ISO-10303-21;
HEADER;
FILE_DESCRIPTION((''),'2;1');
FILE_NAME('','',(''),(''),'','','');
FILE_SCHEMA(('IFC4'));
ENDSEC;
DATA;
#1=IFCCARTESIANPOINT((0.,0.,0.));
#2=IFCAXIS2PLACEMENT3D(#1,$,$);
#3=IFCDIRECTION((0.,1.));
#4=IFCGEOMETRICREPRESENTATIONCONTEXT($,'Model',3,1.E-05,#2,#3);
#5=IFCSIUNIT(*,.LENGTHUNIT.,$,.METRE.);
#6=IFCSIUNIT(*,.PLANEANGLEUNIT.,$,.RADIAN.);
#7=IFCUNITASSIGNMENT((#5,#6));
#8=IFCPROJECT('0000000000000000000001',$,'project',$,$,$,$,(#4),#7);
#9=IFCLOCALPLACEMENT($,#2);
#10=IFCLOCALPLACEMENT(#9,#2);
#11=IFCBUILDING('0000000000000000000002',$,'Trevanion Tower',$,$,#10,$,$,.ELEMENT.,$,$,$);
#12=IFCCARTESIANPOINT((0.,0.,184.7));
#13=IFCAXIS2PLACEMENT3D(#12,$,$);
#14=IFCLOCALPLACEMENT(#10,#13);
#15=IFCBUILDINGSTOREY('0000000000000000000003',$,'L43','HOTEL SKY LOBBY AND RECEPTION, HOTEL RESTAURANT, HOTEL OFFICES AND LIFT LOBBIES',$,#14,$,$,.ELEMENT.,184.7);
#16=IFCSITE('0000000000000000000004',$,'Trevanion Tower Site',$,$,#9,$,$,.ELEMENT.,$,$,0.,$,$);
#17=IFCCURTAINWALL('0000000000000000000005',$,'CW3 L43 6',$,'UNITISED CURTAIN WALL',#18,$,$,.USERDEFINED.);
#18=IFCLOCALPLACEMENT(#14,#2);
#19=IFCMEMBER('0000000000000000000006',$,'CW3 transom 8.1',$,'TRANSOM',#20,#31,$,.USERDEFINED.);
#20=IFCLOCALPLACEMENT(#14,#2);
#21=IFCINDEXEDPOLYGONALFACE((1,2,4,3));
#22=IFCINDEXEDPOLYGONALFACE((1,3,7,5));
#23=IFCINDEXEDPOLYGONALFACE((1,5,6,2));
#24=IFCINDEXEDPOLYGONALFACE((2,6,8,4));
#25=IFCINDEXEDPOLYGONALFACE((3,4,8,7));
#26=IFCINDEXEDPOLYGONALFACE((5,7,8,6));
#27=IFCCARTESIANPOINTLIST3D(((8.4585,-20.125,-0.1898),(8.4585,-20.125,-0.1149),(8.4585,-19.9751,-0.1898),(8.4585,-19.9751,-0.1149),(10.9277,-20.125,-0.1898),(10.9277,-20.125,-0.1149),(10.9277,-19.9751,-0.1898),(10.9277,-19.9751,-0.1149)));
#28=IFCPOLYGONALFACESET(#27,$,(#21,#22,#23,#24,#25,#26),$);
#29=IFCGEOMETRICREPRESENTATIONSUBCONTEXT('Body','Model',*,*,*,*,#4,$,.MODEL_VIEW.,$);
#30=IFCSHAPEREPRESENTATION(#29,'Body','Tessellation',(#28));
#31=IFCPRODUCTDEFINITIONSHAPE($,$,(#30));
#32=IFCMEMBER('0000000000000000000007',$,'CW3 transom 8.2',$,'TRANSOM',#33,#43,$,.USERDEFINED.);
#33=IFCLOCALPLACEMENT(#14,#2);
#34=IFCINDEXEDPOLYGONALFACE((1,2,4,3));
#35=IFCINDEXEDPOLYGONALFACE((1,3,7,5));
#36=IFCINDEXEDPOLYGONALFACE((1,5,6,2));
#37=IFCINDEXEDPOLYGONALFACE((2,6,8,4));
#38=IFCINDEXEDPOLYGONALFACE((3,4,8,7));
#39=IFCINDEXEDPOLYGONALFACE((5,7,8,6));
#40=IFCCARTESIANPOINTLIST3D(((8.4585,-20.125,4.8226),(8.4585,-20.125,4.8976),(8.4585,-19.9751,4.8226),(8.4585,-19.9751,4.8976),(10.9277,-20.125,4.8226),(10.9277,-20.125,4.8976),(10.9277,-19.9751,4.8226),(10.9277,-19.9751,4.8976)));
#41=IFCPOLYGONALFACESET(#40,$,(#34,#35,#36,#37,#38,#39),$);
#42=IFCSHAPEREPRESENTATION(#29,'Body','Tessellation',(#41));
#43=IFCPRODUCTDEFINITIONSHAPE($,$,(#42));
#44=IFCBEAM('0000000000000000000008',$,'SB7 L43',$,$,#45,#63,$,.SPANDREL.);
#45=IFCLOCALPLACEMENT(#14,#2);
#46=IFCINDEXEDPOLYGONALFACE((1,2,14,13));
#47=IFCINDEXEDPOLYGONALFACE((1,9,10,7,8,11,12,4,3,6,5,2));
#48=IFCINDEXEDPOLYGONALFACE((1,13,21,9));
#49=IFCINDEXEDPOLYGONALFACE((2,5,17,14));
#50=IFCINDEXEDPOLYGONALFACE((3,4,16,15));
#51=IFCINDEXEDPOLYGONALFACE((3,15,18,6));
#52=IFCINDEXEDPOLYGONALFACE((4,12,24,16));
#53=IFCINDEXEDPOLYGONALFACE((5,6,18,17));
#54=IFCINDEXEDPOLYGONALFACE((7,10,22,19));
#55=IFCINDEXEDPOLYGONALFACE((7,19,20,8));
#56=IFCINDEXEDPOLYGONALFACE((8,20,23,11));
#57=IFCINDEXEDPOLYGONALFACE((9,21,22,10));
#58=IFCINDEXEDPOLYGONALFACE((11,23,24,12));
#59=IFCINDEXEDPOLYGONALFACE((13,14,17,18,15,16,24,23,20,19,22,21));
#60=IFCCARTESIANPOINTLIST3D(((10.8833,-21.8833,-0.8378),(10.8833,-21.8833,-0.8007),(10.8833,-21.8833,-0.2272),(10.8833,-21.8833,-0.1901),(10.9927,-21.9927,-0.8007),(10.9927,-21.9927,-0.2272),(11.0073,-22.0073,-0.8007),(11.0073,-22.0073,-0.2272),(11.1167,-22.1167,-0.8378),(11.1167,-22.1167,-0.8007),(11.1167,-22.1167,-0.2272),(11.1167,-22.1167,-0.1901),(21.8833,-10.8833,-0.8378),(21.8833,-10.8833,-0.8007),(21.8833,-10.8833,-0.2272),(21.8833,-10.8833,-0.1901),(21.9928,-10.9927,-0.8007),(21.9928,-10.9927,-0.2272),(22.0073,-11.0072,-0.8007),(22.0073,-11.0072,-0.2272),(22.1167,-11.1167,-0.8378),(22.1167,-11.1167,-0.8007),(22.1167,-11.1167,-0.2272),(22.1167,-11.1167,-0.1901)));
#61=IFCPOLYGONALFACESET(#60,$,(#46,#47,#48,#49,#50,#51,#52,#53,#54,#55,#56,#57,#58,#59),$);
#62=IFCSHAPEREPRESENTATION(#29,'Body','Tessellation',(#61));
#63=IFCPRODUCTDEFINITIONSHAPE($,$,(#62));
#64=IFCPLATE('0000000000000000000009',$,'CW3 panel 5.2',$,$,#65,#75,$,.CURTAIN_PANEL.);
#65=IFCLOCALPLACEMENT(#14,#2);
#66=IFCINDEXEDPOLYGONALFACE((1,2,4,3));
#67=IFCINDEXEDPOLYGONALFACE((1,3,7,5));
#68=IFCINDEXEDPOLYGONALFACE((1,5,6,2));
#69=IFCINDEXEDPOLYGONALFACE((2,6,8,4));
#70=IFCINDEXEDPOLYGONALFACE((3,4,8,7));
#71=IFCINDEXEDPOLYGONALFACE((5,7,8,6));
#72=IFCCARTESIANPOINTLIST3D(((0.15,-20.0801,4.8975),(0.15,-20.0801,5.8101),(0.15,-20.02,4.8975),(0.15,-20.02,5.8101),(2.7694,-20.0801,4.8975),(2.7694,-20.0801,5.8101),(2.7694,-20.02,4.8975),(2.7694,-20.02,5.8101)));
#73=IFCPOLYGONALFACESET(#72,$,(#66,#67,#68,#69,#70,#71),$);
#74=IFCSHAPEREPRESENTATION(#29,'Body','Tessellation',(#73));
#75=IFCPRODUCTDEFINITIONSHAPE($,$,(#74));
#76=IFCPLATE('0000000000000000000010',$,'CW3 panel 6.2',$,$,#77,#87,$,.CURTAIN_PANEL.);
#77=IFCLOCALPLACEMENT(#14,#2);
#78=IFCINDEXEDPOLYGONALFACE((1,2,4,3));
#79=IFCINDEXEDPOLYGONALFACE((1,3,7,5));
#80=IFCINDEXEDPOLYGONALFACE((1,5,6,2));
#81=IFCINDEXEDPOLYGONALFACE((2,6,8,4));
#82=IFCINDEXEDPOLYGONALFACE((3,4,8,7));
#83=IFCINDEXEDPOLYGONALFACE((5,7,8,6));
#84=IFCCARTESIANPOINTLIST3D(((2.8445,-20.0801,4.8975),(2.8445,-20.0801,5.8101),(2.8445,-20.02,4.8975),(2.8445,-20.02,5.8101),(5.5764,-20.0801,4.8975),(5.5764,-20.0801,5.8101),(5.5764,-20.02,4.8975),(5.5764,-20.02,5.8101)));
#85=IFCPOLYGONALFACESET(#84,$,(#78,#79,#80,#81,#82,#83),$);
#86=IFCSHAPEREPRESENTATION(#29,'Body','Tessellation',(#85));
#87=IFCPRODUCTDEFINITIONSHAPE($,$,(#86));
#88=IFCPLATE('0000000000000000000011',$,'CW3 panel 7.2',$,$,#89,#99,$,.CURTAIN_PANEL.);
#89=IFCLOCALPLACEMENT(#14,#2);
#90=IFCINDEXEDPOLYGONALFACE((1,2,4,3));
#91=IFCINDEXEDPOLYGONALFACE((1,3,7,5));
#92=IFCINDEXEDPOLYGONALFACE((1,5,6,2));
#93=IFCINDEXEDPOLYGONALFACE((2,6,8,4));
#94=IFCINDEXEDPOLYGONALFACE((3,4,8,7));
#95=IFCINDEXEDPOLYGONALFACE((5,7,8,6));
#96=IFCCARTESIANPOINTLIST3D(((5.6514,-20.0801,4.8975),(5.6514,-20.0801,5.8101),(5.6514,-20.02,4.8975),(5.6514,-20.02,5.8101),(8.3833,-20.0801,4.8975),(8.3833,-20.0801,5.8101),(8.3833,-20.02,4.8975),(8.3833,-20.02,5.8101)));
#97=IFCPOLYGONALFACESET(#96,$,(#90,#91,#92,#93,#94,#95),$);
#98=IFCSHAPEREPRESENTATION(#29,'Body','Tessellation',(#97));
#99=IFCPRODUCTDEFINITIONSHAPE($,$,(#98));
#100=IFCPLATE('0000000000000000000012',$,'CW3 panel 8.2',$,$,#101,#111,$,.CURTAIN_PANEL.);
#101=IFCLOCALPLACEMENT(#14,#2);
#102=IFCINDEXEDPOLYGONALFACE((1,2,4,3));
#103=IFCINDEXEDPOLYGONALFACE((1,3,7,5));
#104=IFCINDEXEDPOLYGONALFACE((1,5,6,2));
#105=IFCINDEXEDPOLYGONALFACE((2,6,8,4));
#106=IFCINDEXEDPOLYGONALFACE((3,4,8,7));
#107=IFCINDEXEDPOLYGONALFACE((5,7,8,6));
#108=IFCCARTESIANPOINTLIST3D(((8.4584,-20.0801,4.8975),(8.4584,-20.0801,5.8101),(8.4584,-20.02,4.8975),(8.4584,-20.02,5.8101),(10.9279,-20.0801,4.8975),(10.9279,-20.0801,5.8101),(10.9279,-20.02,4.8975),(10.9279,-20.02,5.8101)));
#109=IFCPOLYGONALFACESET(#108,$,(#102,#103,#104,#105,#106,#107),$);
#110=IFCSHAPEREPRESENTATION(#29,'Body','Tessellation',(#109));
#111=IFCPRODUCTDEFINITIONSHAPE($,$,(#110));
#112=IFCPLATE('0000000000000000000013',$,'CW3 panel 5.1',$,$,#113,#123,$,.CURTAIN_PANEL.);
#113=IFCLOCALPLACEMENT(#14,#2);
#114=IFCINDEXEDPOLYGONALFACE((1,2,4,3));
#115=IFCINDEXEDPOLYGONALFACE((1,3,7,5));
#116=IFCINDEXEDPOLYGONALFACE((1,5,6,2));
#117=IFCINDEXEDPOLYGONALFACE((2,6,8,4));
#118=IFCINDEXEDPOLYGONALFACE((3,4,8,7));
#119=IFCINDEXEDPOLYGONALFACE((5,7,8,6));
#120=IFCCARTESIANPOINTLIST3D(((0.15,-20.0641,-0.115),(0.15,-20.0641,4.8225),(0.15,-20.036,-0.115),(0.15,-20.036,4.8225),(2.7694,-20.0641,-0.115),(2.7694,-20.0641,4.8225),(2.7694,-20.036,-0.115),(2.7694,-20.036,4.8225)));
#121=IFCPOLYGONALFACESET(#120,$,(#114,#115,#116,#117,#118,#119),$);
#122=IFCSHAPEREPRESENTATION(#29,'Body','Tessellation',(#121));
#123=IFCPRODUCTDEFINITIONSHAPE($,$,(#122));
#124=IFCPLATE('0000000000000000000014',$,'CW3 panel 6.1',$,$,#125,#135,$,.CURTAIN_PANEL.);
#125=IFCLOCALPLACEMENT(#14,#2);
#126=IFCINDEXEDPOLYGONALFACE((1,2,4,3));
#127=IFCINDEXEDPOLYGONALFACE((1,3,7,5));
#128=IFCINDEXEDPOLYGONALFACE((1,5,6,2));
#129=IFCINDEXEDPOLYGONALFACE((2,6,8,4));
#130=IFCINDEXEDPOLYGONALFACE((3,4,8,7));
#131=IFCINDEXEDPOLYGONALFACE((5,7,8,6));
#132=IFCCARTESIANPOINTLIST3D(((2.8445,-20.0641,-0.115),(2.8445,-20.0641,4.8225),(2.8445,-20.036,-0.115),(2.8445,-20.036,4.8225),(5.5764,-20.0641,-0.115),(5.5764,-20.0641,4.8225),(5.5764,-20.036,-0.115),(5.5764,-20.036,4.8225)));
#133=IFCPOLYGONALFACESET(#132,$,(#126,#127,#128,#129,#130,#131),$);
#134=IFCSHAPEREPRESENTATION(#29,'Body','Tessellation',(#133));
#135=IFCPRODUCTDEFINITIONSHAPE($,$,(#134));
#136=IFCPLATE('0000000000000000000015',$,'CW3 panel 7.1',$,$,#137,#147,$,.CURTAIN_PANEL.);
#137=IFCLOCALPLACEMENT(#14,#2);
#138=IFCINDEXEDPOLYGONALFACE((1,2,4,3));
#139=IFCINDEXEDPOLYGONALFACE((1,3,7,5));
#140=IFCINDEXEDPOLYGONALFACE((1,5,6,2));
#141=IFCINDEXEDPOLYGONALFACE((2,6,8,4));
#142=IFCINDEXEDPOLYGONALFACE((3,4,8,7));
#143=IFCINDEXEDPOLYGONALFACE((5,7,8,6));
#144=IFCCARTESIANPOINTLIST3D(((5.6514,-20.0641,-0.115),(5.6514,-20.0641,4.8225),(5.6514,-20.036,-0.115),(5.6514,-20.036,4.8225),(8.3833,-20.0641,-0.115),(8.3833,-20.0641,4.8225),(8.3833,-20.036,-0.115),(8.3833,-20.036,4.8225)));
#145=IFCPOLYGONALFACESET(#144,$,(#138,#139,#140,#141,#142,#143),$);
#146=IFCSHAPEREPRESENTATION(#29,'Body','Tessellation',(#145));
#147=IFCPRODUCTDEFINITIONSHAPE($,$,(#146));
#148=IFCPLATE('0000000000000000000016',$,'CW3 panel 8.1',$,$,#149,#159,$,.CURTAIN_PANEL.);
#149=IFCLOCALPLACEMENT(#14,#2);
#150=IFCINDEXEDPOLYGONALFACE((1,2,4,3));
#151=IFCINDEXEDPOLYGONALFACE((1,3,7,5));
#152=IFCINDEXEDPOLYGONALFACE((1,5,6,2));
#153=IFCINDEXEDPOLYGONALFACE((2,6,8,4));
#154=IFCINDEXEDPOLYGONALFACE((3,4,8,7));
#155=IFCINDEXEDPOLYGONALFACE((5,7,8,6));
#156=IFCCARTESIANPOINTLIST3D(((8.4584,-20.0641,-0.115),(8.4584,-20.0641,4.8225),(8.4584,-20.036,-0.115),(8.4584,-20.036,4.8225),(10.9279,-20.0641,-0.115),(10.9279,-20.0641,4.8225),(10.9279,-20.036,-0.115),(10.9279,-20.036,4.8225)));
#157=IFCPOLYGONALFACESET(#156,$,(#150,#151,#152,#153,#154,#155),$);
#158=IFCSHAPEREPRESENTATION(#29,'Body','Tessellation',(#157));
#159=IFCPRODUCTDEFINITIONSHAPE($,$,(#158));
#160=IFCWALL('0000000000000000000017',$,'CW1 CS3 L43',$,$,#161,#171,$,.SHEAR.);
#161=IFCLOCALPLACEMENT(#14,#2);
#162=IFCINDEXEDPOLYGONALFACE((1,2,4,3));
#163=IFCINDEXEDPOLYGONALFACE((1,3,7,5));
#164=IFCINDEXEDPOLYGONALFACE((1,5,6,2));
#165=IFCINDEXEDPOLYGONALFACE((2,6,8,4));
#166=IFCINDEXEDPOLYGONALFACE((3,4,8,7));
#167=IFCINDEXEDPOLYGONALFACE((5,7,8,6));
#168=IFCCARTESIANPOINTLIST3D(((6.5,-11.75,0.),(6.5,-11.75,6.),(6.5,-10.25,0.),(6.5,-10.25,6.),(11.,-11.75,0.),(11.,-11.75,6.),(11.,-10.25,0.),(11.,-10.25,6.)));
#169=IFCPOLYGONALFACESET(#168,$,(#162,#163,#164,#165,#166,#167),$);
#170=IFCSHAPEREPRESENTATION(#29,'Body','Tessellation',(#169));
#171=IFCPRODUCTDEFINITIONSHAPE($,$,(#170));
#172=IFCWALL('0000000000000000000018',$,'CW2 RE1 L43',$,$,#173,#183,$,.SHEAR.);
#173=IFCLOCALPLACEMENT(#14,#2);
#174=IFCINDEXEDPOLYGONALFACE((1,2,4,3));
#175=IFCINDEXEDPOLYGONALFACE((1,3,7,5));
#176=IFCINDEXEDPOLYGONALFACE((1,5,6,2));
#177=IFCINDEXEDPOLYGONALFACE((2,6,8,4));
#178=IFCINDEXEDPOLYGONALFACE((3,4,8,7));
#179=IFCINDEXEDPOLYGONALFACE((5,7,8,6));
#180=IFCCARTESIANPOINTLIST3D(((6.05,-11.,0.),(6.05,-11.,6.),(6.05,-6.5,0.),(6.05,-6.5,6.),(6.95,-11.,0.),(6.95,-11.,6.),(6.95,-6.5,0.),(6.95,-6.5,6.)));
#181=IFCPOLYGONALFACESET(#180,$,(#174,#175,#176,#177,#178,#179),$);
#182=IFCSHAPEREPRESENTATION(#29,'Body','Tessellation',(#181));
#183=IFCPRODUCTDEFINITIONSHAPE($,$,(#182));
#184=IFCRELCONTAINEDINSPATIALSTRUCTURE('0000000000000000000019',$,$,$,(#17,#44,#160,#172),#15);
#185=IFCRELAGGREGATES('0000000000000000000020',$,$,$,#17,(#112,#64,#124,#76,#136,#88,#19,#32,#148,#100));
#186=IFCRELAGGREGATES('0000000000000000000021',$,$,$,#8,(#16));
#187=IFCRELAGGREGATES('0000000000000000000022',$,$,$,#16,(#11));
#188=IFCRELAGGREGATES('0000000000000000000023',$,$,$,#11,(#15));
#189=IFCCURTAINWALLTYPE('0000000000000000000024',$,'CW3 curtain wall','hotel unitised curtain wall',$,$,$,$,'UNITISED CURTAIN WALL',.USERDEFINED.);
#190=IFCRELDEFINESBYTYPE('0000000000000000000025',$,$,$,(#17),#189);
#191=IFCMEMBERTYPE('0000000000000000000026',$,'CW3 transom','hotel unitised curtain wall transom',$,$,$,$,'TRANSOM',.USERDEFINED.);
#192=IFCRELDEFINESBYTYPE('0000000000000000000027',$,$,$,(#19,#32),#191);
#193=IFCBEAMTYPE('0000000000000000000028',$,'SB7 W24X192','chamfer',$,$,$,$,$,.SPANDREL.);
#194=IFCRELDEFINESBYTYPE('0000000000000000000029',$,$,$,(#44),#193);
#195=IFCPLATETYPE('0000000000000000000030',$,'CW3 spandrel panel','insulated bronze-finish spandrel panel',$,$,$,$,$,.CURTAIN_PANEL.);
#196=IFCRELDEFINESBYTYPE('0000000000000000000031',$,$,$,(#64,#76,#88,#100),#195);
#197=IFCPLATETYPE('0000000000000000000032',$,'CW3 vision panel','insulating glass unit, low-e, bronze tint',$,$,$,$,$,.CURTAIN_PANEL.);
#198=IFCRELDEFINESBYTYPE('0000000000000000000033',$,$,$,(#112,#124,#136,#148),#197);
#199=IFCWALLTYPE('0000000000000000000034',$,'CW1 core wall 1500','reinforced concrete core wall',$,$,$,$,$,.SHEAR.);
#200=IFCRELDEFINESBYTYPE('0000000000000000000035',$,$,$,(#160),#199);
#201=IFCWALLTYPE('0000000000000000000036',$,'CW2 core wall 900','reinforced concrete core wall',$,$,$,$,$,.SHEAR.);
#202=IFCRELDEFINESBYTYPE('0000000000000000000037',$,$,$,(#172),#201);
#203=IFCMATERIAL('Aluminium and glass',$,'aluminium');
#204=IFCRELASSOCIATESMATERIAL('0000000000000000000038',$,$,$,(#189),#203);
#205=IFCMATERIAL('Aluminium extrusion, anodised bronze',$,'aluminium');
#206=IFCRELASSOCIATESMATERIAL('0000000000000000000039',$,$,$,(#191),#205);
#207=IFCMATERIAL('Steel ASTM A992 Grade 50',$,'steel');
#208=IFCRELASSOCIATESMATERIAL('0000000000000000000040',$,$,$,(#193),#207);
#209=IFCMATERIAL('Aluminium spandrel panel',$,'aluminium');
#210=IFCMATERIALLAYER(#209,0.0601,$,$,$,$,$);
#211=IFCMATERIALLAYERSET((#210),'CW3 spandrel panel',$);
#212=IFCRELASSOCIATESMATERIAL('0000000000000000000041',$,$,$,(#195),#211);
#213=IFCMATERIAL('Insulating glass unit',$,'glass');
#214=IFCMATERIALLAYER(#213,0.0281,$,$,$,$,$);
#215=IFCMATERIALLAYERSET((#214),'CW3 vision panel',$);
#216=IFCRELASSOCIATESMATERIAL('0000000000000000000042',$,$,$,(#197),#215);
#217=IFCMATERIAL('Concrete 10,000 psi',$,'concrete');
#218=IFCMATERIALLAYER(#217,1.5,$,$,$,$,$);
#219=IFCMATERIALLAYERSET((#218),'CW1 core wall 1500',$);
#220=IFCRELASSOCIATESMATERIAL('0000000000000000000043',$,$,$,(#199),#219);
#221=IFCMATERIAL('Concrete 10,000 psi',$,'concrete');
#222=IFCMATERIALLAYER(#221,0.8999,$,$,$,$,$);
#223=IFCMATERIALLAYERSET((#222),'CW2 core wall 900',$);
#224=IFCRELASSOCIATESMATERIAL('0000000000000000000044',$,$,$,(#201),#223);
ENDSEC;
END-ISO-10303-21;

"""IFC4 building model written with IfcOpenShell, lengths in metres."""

from ifc_helpers import new_model, si_unit, direction, frame, frame_2d, origin, origin_2d, place, context, subcontext, project, spatial, rectangle, i_section, extrude, material, layer, layer_set, material_profile, profile_set, type_object, element, aggregate, save


model = new_model("IFC4")

# Units and contexts
model_context = context("Model", 3, precision=1e-05, world=origin(), true_north=direction((0.0, 1.0)))
body_context = subcontext(model_context, "Body", "Model", "MODEL_VIEW")
ifc_project = project(units=[si_unit("LENGTHUNIT", "METRE"), si_unit("PLANEANGLEUNIT", "RADIAN")], contexts=[model_context])

# Site, building, storey
site_placement = place(None, origin())
site = spatial("IfcSite", under=ifc_project, at=site_placement, Name="Trevanion Tower Site", CompositionType="ELEMENT", RefElevation=0.0)
building_placement = place(site_placement, origin())
building = spatial("IfcBuilding", under=site, at=building_placement, Name="Trevanion Tower", CompositionType="ELEMENT")
storey_placement = place(building_placement, frame((0.0, 0.0, 184.7)))
storey = spatial("IfcBuildingStorey", under=building, at=storey_placement, Name="L43", Description="HOTEL SKY LOBBY AND RECEPTION, HOTEL RESTAURANT, HOTEL OFFICES AND LIFT LOBBIES", CompositionType="ELEMENT", Elevation=184.7)

# Curtain wall, members
ifc_material_1 = material(Name="Aluminium and glass", Category="aluminium")
curtain_wall_type = type_object("IfcCurtainWallType", Name="CW3 curtain wall", Description="hotel unitised curtain wall", ElementType="UNITISED CURTAIN WALL", PredefinedType="USERDEFINED", material=ifc_material_1)
curtain_wall_placement = place(storey_placement, origin())
curtain_wall = element("IfcCurtainWall", 1, at=curtain_wall_placement, inside=storey, type_object=curtain_wall_type, Name="CW3 L43 6", ObjectType="UNITISED CURTAIN WALL", PredefinedType="USERDEFINED")
ifc_material_2 = material(Name="Aluminium extrusion, anodised bronze", Category="aluminium")
ifc_material_profile_1 = material_profile(ifc_material_2, rectangle(XDim=0.1499, YDim=0.075, at=origin_2d()), Name="CW3 transom")
ifc_profile_set_1 = profile_set([ifc_material_profile_1], Name="Aluminium extrusion, anodised bronze")
member_type_1 = type_object("IfcMemberType", Name="CW3 transom", Description="hotel unitised curtain wall transom", ElementType="TRANSOM", PredefinedType="USERDEFINED", material=ifc_profile_set_1)
member_1_placement = place(storey_placement, frame((8.4585, -20.05, -0.1523), z_axis=(1.0, 0.0, 0.0), x_axis=(0.0, 1.0, 0.0)))
member_1 = element("IfcMember", 2, at=member_1_placement, type_object=member_type_1, Name="CW3 transom 8.1", ObjectType="TRANSOM", PredefinedType="USERDEFINED", context=body_context, shape_type="SweptSolid", body=[
    extrude(rectangle(XDim=0.1499, YDim=0.075, at=origin_2d()), origin(), (0.0, 0.0, 1.0), 2.4692),
])
member_2_placement = place(storey_placement, frame((8.4585, -20.05, 4.8601), z_axis=(1.0, 0.0, 0.0), x_axis=(0.0, 1.0, 0.0)))
member_2 = element("IfcMember", 3, at=member_2_placement, type_object=member_type_1, Name="CW3 transom 8.2", ObjectType="TRANSOM", PredefinedType="USERDEFINED", context=body_context, shape_type="SweptSolid", body=[
    extrude(rectangle(XDim=0.1499, YDim=0.075, at=origin_2d()), origin(), (0.0, 0.0, 1.0), 2.4692),
])

# Beam
ifc_material_3 = material(Name="Steel ASTM A992 Grade 50", Category="steel")
ifc_material_profile_2 = material_profile(ifc_material_3, i_section(OverallWidth=0.3301, OverallDepth=0.6477, WebThickness=0.0205, FlangeThickness=0.0371, at=origin_2d()), Name="W24X192")
ifc_profile_set_2 = profile_set([ifc_material_profile_2], Name="Steel ASTM A992 Grade 50")
beam_type_1 = type_object("IfcBeamType", Name="SB7 W24X192", Description="chamfer", PredefinedType="SPANDREL", material=ifc_profile_set_2)
beam_placement = place(storey_placement, frame((11.0, -22.0, -0.5139), z_axis=(0.707107, 0.707107, 0.0), x_axis=(-0.707107, 0.707107, 0.0)))
element("IfcBeam", 4, at=beam_placement, inside=storey, type_object=beam_type_1, Name="SB7 L43", PredefinedType="SPANDREL", context=body_context, shape_type="SweptSolid", body=[
    extrude(i_section(OverallWidth=0.3301, OverallDepth=0.6477, WebThickness=0.0205, FlangeThickness=0.0371, at=origin_2d()), origin(), (0.0, 0.0, 1.0), 15.5564),
])

# Plates
ifc_material_4 = material(Name="Aluminium spandrel panel", Category="aluminium")
ifc_layer_1 = layer(ifc_material_4, 0.0601)
ifc_layer_set_1 = layer_set([ifc_layer_1], Name="CW3 spandrel panel")
plate_type_1 = type_object("IfcPlateType", Name="CW3 spandrel panel", Description="insulated bronze-finish spandrel panel", PredefinedType="CURTAIN_PANEL", material=ifc_layer_set_1)
plate_1_placement = place(storey_placement, frame((1.4597, -20.05, 4.8975), z_axis=(0.0, 0.0, 1.0), x_axis=(1.0, 0.0, 0.0)))
plate_1 = element("IfcPlate", 5, at=plate_1_placement, type_object=plate_type_1, Name="CW3 panel 5.2", PredefinedType="CURTAIN_PANEL", context=body_context, shape_type="SweptSolid", body=[
    extrude(rectangle(XDim=2.6194, YDim=0.0601, at=origin_2d()), origin(), (0.0, 0.0, 1.0), 0.9126),
])
plate_2_placement = place(storey_placement, frame((4.2104, -20.05, 4.8975), z_axis=(0.0, 0.0, 1.0), x_axis=(1.0, 0.0, 0.0)))
plate_2 = element("IfcPlate", 6, at=plate_2_placement, type_object=plate_type_1, Name="CW3 panel 6.2", PredefinedType="CURTAIN_PANEL", context=body_context, shape_type="SweptSolid", body=[
    extrude(rectangle(XDim=2.7319, YDim=0.0601, at=origin_2d()), origin(), (0.0, 0.0, 1.0), 0.9126),
])
plate_3_placement = place(storey_placement, frame((7.0173, -20.05, 4.8975), z_axis=(0.0, 0.0, 1.0), x_axis=(1.0, 0.0, 0.0)))
plate_3 = element("IfcPlate", 7, at=plate_3_placement, type_object=plate_type_1, Name="CW3 panel 7.2", PredefinedType="CURTAIN_PANEL", context=body_context, shape_type="SweptSolid", body=[
    extrude(rectangle(XDim=2.7319, YDim=0.0601, at=origin_2d()), origin(), (0.0, 0.0, 1.0), 0.9126),
])
plate_4_placement = place(storey_placement, frame((9.6931, -20.05, 4.8975), z_axis=(0.0, 0.0, 1.0), x_axis=(1.0, 0.0, 0.0)))
plate_4 = element("IfcPlate", 8, at=plate_4_placement, type_object=plate_type_1, Name="CW3 panel 8.2", PredefinedType="CURTAIN_PANEL", context=body_context, shape_type="SweptSolid", body=[
    extrude(rectangle(XDim=2.4695, YDim=0.0601, at=origin_2d()), origin(), (0.0, 0.0, 1.0), 0.9126),
])
ifc_material_5 = material(Name="Insulating glass unit", Category="glass")
ifc_layer_2 = layer(ifc_material_5, 0.0281)
ifc_layer_set_2 = layer_set([ifc_layer_2], Name="CW3 vision panel")
plate_type_2 = type_object("IfcPlateType", Name="CW3 vision panel", Description="insulating glass unit, low-e, bronze tint", PredefinedType="CURTAIN_PANEL", material=ifc_layer_set_2)
plate_5_placement = place(storey_placement, frame((1.4597, -20.05, -0.115), z_axis=(0.0, 0.0, 1.0), x_axis=(1.0, 0.0, 0.0)))
plate_5 = element("IfcPlate", 9, at=plate_5_placement, type_object=plate_type_2, Name="CW3 panel 5.1", PredefinedType="CURTAIN_PANEL", context=body_context, shape_type="SweptSolid", body=[
    extrude(rectangle(XDim=2.6194, YDim=0.0281, at=origin_2d()), origin(), (0.0, 0.0, 1.0), 4.9375),
])
plate_6_placement = place(storey_placement, frame((4.2104, -20.05, -0.115), z_axis=(0.0, 0.0, 1.0), x_axis=(1.0, 0.0, 0.0)))
plate_6 = element("IfcPlate", 10, at=plate_6_placement, type_object=plate_type_2, Name="CW3 panel 6.1", PredefinedType="CURTAIN_PANEL", context=body_context, shape_type="SweptSolid", body=[
    extrude(rectangle(XDim=2.7319, YDim=0.0281, at=origin_2d()), origin(), (0.0, 0.0, 1.0), 4.9375),
])
plate_7_placement = place(storey_placement, frame((7.0173, -20.05, -0.115), z_axis=(0.0, 0.0, 1.0), x_axis=(1.0, 0.0, 0.0)))
plate_7 = element("IfcPlate", 11, at=plate_7_placement, type_object=plate_type_2, Name="CW3 panel 7.1", PredefinedType="CURTAIN_PANEL", context=body_context, shape_type="SweptSolid", body=[
    extrude(rectangle(XDim=2.7319, YDim=0.0281, at=origin_2d()), origin(), (0.0, 0.0, 1.0), 4.9375),
])
plate_8_placement = place(storey_placement, frame((9.6931, -20.05, -0.115), z_axis=(0.0, 0.0, 1.0), x_axis=(1.0, 0.0, 0.0)))
plate_8 = element("IfcPlate", 12, at=plate_8_placement, type_object=plate_type_2, Name="CW3 panel 8.1", PredefinedType="CURTAIN_PANEL", context=body_context, shape_type="SweptSolid", body=[
    extrude(rectangle(XDim=2.4695, YDim=0.0281, at=origin_2d()), origin(), (0.0, 0.0, 1.0), 4.9375),
])
aggregate(curtain_wall, [plate_5, plate_1, plate_6, plate_2, plate_7, plate_3, member_1, member_2, plate_8, plate_4])

# Walls
ifc_material_6 = material(Name="Concrete 10,000 psi", Category="concrete")
ifc_layer_3 = layer(ifc_material_6, 1.5)
ifc_layer_set_3 = layer_set([ifc_layer_3], Name="CW1 core wall 1500")
wall_type_1 = type_object("IfcWallType", Name="CW1 core wall 1500", Description="reinforced concrete core wall", PredefinedType="SHEAR", material=ifc_layer_set_3)
wall_1_placement = place(storey_placement, frame((6.5, -11.0, 0.0), z_axis=(0.0, 0.0, 1.0), x_axis=(1.0, 0.0, 0.0)))
element("IfcWall", 13, at=wall_1_placement, inside=storey, type_object=wall_type_1, Name="CW1 CS3 L43", PredefinedType="SHEAR", context=body_context, shape_type="SweptSolid", body=[
    extrude(rectangle(XDim=4.5, YDim=1.5, at=frame_2d((2.25, 0.0))), origin(), (0.0, 0.0, 1.0), 6.0),
])
ifc_material_7 = material(Name="Concrete 10,000 psi", Category="concrete")
ifc_layer_4 = layer(ifc_material_7, 0.8999)
ifc_layer_set_4 = layer_set([ifc_layer_4], Name="CW2 core wall 900")
wall_type_2 = type_object("IfcWallType", Name="CW2 core wall 900", Description="reinforced concrete core wall", PredefinedType="SHEAR", material=ifc_layer_set_4)
wall_2_placement = place(storey_placement, frame((6.5, -11.0, 0.0), z_axis=(0.0, 0.0, 1.0), x_axis=(0.0, 1.0, 0.0)))
element("IfcWall", 14, at=wall_2_placement, inside=storey, type_object=wall_type_2, Name="CW2 RE1 L43", PredefinedType="SHEAR", context=body_context, shape_type="SweptSolid", body=[
    extrude(rectangle(XDim=4.5, YDim=0.8999, at=frame_2d((2.25, 0.0))), origin(), (0.0, 0.0, 1.0), 6.0),
])

save(model, "model.ifc")
